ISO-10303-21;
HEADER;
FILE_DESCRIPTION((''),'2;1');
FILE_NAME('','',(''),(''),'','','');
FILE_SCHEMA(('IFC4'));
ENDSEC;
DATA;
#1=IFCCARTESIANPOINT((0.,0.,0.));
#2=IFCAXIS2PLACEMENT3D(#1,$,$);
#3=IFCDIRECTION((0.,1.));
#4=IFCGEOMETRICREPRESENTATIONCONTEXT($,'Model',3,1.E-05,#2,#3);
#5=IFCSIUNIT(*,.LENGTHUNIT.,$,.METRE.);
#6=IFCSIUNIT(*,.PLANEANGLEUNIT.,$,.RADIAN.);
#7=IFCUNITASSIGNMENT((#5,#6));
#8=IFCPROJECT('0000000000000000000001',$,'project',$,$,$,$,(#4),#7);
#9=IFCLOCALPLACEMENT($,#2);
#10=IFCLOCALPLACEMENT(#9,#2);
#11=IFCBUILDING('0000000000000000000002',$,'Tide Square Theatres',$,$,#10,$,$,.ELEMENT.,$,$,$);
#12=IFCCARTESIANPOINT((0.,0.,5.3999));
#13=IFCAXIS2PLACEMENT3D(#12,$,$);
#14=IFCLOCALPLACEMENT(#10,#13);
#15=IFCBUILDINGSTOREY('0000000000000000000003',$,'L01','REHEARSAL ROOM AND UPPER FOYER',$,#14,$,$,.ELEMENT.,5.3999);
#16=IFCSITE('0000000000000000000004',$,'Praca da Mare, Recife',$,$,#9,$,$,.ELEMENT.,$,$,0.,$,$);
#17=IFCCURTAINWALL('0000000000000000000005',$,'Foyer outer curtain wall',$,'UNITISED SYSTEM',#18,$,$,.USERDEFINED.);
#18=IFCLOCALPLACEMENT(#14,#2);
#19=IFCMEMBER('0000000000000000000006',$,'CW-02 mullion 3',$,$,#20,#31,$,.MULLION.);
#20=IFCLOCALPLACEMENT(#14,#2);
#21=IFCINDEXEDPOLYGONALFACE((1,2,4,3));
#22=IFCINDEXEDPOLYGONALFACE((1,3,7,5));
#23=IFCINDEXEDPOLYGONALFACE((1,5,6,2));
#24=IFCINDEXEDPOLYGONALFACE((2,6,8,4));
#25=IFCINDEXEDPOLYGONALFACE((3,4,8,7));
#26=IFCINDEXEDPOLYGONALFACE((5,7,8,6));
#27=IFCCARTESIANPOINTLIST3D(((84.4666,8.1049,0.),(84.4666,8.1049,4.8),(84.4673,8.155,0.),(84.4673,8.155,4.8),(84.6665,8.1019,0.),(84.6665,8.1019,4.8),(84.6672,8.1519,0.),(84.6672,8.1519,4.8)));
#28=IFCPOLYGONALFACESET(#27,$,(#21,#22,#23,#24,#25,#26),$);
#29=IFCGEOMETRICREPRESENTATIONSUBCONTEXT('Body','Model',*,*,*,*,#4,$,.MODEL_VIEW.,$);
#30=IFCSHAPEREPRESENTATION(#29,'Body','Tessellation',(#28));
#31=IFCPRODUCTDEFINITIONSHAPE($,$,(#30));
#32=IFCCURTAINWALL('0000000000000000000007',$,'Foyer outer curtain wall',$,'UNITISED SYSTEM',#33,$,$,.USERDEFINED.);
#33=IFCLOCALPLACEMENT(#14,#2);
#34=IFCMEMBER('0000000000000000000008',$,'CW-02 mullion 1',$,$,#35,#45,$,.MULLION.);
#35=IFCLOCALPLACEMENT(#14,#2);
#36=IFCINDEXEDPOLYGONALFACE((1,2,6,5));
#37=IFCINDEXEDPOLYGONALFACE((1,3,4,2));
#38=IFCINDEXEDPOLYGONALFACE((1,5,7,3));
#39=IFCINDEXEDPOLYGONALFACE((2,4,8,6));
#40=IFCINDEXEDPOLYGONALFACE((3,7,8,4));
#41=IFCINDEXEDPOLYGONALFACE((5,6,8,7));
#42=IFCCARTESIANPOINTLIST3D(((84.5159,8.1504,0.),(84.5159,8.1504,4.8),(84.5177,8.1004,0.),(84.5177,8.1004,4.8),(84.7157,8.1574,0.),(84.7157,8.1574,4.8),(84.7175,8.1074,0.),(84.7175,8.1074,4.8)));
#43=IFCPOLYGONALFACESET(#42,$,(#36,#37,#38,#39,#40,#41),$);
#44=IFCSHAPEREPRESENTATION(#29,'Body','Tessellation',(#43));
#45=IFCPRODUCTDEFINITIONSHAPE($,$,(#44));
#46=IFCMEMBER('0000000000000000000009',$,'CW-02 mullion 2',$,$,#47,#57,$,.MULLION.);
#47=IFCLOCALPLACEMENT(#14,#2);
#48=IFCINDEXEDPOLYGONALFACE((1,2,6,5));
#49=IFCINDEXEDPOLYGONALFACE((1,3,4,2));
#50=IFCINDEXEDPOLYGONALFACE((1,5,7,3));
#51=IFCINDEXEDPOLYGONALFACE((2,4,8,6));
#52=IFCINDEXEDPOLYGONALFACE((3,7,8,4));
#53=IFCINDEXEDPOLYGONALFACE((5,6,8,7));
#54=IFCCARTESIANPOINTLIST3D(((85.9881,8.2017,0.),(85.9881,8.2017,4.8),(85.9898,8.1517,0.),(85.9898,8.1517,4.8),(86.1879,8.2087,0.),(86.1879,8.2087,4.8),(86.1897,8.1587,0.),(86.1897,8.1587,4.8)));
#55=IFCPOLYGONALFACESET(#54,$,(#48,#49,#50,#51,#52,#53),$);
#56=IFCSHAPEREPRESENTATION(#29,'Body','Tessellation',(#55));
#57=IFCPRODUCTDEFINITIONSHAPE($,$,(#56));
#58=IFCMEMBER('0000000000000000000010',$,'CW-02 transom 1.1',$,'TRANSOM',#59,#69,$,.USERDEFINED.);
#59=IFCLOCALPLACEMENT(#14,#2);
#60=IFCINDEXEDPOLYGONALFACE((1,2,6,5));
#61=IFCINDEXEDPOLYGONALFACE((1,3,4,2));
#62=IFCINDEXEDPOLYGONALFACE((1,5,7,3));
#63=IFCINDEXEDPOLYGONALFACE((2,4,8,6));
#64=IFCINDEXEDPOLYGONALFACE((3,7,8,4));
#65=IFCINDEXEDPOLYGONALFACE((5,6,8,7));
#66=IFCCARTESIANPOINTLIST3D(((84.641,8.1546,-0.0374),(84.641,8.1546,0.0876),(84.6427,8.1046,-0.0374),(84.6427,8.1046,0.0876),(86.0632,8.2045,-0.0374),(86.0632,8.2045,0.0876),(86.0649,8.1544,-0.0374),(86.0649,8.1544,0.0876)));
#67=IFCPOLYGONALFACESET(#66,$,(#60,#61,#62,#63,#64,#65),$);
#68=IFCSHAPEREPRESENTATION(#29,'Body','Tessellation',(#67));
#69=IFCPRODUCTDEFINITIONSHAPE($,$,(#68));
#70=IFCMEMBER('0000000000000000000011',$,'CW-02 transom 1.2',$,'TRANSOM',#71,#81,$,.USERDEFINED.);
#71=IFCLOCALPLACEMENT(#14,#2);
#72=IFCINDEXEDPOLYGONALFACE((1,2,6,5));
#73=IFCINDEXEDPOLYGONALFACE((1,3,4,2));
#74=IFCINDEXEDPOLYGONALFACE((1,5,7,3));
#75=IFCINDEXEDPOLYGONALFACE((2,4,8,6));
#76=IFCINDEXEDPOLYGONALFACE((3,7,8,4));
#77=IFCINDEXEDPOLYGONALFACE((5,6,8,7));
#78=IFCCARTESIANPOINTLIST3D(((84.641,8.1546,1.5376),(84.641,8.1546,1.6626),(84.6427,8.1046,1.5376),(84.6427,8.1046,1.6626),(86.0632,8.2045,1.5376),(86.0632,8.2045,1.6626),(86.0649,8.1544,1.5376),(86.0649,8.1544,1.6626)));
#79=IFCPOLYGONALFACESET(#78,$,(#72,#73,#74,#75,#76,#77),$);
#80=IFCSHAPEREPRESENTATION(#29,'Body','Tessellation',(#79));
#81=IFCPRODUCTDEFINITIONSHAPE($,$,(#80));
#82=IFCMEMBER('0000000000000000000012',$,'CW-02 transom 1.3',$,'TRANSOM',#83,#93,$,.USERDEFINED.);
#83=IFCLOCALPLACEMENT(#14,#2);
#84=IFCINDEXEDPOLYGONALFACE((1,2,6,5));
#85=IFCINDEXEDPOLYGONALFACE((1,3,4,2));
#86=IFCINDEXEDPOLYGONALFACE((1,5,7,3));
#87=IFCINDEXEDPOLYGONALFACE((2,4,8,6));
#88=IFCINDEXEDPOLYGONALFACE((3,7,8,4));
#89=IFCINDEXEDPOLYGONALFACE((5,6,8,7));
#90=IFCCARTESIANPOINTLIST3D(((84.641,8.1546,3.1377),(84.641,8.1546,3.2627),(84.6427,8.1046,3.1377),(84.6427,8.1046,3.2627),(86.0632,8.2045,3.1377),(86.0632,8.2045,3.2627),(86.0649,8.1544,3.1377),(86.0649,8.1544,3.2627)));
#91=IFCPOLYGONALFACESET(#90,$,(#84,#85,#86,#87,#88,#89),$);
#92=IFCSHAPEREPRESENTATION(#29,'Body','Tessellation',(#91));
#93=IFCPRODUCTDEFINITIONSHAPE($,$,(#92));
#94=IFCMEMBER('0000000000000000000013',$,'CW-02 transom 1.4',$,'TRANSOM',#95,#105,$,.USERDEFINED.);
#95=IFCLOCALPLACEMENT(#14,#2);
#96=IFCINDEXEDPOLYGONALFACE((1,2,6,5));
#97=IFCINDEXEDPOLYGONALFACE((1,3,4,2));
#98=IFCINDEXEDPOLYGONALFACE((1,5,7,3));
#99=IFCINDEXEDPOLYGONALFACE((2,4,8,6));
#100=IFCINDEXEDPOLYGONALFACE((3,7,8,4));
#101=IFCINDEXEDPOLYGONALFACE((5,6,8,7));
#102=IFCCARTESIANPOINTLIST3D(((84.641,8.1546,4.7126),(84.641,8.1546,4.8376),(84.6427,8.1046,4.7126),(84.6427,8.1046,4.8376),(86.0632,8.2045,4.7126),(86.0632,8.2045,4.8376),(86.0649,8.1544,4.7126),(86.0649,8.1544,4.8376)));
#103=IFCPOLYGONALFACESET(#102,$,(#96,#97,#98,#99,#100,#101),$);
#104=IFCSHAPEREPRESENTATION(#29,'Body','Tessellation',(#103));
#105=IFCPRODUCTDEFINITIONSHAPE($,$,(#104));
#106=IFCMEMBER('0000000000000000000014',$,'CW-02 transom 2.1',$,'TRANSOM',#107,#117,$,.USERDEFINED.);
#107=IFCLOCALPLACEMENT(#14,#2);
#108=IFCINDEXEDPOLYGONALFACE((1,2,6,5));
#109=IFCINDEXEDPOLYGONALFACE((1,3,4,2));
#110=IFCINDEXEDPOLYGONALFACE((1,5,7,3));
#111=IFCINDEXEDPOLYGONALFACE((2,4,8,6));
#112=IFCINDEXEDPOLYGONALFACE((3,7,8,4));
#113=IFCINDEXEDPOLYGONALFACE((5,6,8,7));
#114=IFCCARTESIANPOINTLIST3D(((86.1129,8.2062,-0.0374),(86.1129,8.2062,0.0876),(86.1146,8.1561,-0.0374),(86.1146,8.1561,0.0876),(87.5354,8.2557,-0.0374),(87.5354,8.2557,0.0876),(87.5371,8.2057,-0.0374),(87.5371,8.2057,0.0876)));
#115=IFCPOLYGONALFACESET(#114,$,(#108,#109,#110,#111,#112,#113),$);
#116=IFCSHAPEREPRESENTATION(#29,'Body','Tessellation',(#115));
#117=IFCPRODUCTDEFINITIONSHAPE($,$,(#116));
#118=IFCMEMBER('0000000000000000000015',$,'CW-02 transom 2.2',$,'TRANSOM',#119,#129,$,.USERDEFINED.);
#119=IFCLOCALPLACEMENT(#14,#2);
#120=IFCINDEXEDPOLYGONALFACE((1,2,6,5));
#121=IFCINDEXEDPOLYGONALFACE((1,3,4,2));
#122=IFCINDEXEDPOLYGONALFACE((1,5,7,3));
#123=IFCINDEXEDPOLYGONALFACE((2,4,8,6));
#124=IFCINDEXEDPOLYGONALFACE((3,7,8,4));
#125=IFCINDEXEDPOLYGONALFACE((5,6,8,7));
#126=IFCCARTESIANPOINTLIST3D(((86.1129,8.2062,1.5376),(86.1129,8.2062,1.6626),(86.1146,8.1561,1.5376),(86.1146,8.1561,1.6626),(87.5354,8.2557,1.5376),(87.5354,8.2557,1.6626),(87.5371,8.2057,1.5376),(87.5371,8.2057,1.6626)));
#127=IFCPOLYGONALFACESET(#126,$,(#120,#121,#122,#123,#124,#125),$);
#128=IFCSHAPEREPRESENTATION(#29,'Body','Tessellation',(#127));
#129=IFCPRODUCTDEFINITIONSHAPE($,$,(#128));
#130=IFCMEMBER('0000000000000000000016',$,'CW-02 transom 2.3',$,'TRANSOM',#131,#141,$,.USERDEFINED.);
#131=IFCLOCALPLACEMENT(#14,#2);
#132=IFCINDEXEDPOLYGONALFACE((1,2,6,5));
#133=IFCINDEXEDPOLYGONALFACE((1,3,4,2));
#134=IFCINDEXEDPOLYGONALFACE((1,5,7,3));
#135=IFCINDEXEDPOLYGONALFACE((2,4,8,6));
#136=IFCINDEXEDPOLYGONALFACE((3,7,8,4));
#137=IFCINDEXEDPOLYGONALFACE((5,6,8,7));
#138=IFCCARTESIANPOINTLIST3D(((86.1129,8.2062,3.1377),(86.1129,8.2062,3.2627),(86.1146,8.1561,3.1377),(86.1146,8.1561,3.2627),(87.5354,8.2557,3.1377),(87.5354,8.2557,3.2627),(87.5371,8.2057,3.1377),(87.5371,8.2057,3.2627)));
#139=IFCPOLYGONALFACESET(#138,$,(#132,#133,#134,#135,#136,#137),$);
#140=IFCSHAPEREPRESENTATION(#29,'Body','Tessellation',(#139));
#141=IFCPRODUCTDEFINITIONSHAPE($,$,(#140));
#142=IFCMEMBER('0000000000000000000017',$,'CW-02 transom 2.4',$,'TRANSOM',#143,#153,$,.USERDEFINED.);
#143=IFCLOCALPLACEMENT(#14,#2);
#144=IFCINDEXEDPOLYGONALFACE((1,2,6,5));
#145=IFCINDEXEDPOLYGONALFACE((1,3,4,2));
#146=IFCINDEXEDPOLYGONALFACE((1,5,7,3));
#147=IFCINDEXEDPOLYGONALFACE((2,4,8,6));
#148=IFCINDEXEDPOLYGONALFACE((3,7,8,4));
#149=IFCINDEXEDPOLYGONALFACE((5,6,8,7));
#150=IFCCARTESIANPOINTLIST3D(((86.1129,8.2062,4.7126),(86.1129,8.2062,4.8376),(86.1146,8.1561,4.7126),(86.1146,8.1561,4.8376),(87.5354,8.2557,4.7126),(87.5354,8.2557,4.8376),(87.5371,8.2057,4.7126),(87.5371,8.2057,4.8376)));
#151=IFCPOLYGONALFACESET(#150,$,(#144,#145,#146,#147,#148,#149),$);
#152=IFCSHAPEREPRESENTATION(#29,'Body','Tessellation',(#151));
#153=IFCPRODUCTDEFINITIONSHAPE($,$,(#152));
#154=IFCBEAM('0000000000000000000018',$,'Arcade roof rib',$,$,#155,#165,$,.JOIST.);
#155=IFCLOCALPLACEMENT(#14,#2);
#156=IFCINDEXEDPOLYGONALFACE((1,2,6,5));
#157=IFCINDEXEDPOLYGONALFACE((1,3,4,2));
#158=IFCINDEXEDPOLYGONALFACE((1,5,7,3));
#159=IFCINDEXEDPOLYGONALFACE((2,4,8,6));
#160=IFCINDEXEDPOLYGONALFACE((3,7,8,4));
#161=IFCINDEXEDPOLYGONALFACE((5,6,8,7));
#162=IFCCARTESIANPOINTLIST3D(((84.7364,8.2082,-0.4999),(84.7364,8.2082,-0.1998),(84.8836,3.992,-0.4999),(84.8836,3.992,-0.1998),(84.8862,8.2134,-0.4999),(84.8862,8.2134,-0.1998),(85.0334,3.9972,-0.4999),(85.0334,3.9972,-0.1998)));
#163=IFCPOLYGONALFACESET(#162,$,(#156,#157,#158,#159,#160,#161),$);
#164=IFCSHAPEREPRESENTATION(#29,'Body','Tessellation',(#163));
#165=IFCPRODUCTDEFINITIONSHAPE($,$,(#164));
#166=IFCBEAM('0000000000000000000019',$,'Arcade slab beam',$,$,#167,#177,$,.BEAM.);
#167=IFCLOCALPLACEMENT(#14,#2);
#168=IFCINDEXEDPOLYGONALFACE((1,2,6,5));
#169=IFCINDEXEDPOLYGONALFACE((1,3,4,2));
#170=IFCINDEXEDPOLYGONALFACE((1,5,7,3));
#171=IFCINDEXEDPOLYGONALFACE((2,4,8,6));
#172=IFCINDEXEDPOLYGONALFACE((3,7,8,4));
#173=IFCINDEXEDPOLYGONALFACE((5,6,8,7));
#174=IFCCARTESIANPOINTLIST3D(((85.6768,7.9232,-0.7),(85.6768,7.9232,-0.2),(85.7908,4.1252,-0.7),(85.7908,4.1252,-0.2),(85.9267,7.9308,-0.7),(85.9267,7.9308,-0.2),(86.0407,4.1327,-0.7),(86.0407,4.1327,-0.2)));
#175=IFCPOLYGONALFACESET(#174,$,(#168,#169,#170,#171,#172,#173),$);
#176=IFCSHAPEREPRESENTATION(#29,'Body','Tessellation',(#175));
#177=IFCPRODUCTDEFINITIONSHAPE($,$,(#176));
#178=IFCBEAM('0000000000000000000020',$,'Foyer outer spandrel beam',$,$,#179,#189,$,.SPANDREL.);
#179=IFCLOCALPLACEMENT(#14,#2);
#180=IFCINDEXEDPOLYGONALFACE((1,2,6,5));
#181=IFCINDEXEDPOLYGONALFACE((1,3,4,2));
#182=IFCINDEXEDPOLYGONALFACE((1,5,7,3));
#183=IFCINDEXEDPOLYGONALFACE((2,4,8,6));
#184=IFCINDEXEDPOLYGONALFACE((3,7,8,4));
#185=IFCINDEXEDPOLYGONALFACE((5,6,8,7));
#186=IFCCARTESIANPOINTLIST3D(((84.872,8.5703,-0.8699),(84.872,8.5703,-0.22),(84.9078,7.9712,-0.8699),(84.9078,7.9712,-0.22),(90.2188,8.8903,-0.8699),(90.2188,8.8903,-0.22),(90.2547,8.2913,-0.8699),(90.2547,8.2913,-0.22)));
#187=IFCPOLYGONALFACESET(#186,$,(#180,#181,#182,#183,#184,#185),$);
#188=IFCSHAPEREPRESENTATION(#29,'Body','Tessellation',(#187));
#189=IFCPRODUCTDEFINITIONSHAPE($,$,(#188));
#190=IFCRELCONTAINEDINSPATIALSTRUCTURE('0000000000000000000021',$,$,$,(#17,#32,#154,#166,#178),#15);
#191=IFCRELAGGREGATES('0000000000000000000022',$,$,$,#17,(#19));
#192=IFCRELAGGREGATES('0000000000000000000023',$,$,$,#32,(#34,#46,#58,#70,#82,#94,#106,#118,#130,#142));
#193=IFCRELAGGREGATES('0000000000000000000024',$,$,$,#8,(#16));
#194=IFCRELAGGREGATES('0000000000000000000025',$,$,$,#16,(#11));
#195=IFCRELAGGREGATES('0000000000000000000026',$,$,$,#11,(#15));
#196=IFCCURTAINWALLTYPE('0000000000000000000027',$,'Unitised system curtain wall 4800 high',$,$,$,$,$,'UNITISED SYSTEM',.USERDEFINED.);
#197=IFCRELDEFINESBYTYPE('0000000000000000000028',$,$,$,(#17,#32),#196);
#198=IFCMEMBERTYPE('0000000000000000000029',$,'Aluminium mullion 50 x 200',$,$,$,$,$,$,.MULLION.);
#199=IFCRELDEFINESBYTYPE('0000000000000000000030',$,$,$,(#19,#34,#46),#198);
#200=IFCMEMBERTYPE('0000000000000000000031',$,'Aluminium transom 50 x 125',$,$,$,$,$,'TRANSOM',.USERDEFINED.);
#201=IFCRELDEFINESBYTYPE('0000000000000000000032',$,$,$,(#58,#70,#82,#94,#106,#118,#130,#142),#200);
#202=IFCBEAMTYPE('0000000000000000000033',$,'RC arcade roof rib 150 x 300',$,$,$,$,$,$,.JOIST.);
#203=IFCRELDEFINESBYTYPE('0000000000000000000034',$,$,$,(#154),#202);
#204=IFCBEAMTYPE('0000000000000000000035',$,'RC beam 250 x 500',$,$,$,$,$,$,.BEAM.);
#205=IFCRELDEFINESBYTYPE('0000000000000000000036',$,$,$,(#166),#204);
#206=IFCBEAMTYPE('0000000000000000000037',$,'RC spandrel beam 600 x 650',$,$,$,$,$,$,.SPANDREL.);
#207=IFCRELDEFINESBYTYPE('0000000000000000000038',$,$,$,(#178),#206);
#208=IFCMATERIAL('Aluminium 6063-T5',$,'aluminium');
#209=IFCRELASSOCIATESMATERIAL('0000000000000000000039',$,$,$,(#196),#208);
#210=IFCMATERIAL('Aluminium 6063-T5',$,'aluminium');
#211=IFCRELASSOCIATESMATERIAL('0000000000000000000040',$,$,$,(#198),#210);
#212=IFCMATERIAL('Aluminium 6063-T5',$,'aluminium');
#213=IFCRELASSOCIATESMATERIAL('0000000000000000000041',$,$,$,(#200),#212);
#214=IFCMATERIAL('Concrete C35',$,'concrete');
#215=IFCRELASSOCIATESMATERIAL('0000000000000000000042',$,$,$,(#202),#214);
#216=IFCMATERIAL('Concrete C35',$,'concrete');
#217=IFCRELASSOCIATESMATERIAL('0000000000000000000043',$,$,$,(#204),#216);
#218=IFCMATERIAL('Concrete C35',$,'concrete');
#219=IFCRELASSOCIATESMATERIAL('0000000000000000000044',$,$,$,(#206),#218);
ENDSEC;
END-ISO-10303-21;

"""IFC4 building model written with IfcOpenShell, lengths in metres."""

from ifc_helpers import new_model, si_unit, direction, frame, origin, origin_2d, place, context, subcontext, project, spatial, rectangle, extrude, material, material_profile, profile_set, type_object, element, aggregate, save


model = new_model("IFC4")

# Units and contexts
model_context = context("Model", 3, precision=1e-05, world=origin(), true_north=direction((0.0, 1.0)))
body_context = subcontext(model_context, "Body", "Model", "MODEL_VIEW")
ifc_project = project(units=[si_unit("LENGTHUNIT", "METRE"), si_unit("PLANEANGLEUNIT", "RADIAN")], contexts=[model_context])

# Site, building, storey
site_placement = place(None, origin())
site = spatial("IfcSite", under=ifc_project, at=site_placement, Name="Praca da Mare, Recife", CompositionType="ELEMENT", RefElevation=0.0)
building_placement = place(site_placement, origin())
building = spatial("IfcBuilding", under=site, at=building_placement, Name="Tide Square Theatres", CompositionType="ELEMENT")
storey_placement = place(building_placement, frame((0.0, 0.0, 5.3999)))
storey = spatial("IfcBuildingStorey", under=building, at=storey_placement, Name="L01", Description="REHEARSAL ROOM AND UPPER FOYER", CompositionType="ELEMENT", Elevation=5.3999)

# Curtain wall, member
ifc_material_1 = material(Name="Aluminium 6063-T5", Category="aluminium")
curtain_wall_type = type_object("IfcCurtainWallType", Name="Unitised system curtain wall 4800 high", ElementType="UNITISED SYSTEM", PredefinedType="USERDEFINED", material=ifc_material_1)
curtain_wall_1_placement = place(storey_placement, origin())
curtain_wall_1 = element("IfcCurtainWall", 1, at=curtain_wall_1_placement, inside=storey, type_object=curtain_wall_type, Name="Foyer outer curtain wall", ObjectType="UNITISED SYSTEM", PredefinedType="USERDEFINED")
ifc_material_2 = material(Name="Aluminium 6063-T5", Category="aluminium")
ifc_material_profile_1 = material_profile(ifc_material_2, rectangle(XDim=0.05, YDim=0.2, at=origin_2d()))
ifc_profile_set_1 = profile_set([ifc_material_profile_1], Name="Aluminium 6063-T5")
member_type_1 = type_object("IfcMemberType", Name="Aluminium mullion 50 x 200", PredefinedType="MULLION", material=ifc_profile_set_1)
member_1_placement = place(storey_placement, frame((84.5669, 8.1284, 0.0), z_axis=(0.0, 0.0, 1.0), x_axis=(0.01512, 0.999886, 0.0)))
member_1 = element("IfcMember", 2, at=member_1_placement, type_object=member_type_1, Name="CW-02 mullion 3", PredefinedType="MULLION", context=body_context, shape_type="SweptSolid", body=[
    extrude(rectangle(XDim=0.05, YDim=0.2, at=origin_2d()), origin(), (0.0, 0.0, 1.0), 4.8),
])

# Curtain wall, members
curtain_wall_2_placement = place(storey_placement, origin())
curtain_wall_2 = element("IfcCurtainWall", 3, at=curtain_wall_2_placement, inside=storey, type_object=curtain_wall_type, Name="Foyer outer curtain wall", ObjectType="UNITISED SYSTEM", PredefinedType="USERDEFINED")
member_2_placement = place(storey_placement, frame((84.6167, 8.1289, 0.0), z_axis=(0.0, 0.0, 1.0), x_axis=(-0.03488, 0.999392, 0.0)))
member_2 = element("IfcMember", 4, at=member_2_placement, type_object=member_type_1, Name="CW-02 mullion 1", PredefinedType="MULLION", context=body_context, shape_type="SweptSolid", body=[
    extrude(rectangle(XDim=0.05, YDim=0.2, at=origin_2d()), origin(), (0.0, 0.0, 1.0), 4.8),
])
member_3_placement = place(storey_placement, frame((86.0889, 8.1802, 0.0), z_axis=(0.0, 0.0, 1.0), x_axis=(-0.03488, 0.999392, 0.0)))
member_3 = element("IfcMember", 5, at=member_3_placement, type_object=member_type_1, Name="CW-02 mullion 2", PredefinedType="MULLION", context=body_context, shape_type="SweptSolid", body=[
    extrude(rectangle(XDim=0.05, YDim=0.2, at=origin_2d()), origin(), (0.0, 0.0, 1.0), 4.8),
])
ifc_material_3 = material(Name="Aluminium 6063-T5", Category="aluminium")
ifc_material_profile_2 = material_profile(ifc_material_3, rectangle(XDim=0.05, YDim=0.125, at=origin_2d()))
ifc_profile_set_2 = profile_set([ifc_material_profile_2], Name="Aluminium 6063-T5")
member_type_2 = type_object("IfcMemberType", Name="Aluminium transom 50 x 125", ElementType="TRANSOM", PredefinedType="USERDEFINED", material=ifc_profile_set_2)
member_4_placement = place(storey_placement, frame((84.6418, 8.1296, 0.0251), z_axis=(0.999387, 0.035, 0.0), x_axis=(-0.035, 0.999387, 0.0)))
member_4 = element("IfcMember", 6, at=member_4_placement, type_object=member_type_2, Name="CW-02 transom 1.1", ObjectType="TRANSOM", PredefinedType="USERDEFINED", context=body_context, shape_type="SweptSolid", body=[
    extrude(rectangle(XDim=0.05, YDim=0.125, at=origin_2d()), origin(), (0.0, 0.0, 1.0), 1.4231),
])
member_5_placement = place(storey_placement, frame((84.6418, 8.1296, 1.6001), z_axis=(0.999387, 0.035, 0.0), x_axis=(-0.035, 0.999387, 0.0)))
member_5 = element("IfcMember", 7, at=member_5_placement, type_object=member_type_2, Name="CW-02 transom 1.2", ObjectType="TRANSOM", PredefinedType="USERDEFINED", context=body_context, shape_type="SweptSolid", body=[
    extrude(rectangle(XDim=0.05, YDim=0.125, at=origin_2d()), origin(), (0.0, 0.0, 1.0), 1.4231),
])
member_6_placement = place(storey_placement, frame((84.6418, 8.1296, 3.2002), z_axis=(0.999387, 0.035, 0.0), x_axis=(-0.035, 0.999387, 0.0)))
member_6 = element("IfcMember", 8, at=member_6_placement, type_object=member_type_2, Name="CW-02 transom 1.3", ObjectType="TRANSOM", PredefinedType="USERDEFINED", context=body_context, shape_type="SweptSolid", body=[
    extrude(rectangle(XDim=0.05, YDim=0.125, at=origin_2d()), origin(), (0.0, 0.0, 1.0), 1.4231),
])
member_7_placement = place(storey_placement, frame((84.6418, 8.1296, 4.7751), z_axis=(0.999387, 0.035, 0.0), x_axis=(-0.035, 0.999387, 0.0)))
member_7 = element("IfcMember", 9, at=member_7_placement, type_object=member_type_2, Name="CW-02 transom 1.4", ObjectType="TRANSOM", PredefinedType="USERDEFINED", context=body_context, shape_type="SweptSolid", body=[
    extrude(rectangle(XDim=0.05, YDim=0.125, at=origin_2d()), origin(), (0.0, 0.0, 1.0), 1.4231),
])
member_8_placement = place(storey_placement, frame((86.1138, 8.1812, 0.0251), z_axis=(0.999394, 0.034823, 0.0), x_axis=(-0.034823, 0.999394, 0.0)))
member_8 = element("IfcMember", 10, at=member_8_placement, type_object=member_type_2, Name="CW-02 transom 2.1", ObjectType="TRANSOM", PredefinedType="USERDEFINED", context=body_context, shape_type="SweptSolid", body=[
    extrude(rectangle(XDim=0.05, YDim=0.125, at=origin_2d()), origin(), (0.0, 0.0, 1.0), 1.4233),
])
member_9_placement = place(storey_placement, frame((86.1138, 8.1812, 1.6001), z_axis=(0.999394, 0.034823, 0.0), x_axis=(-0.034823, 0.999394, 0.0)))
member_9 = element("IfcMember", 11, at=member_9_placement, type_object=member_type_2, Name="CW-02 transom 2.2", ObjectType="TRANSOM", PredefinedType="USERDEFINED", context=body_context, shape_type="SweptSolid", body=[
    extrude(rectangle(XDim=0.05, YDim=0.125, at=origin_2d()), origin(), (0.0, 0.0, 1.0), 1.4233),
])
member_10_placement = place(storey_placement, frame((86.1138, 8.1812, 3.2002), z_axis=(0.999394, 0.034823, 0.0), x_axis=(-0.034823, 0.999394, 0.0)))
member_10 = element("IfcMember", 12, at=member_10_placement, type_object=member_type_2, Name="CW-02 transom 2.3", ObjectType="TRANSOM", PredefinedType="USERDEFINED", context=body_context, shape_type="SweptSolid", body=[
    extrude(rectangle(XDim=0.05, YDim=0.125, at=origin_2d()), origin(), (0.0, 0.0, 1.0), 1.4233),
])
member_11_placement = place(storey_placement, frame((86.1138, 8.1812, 4.7751), z_axis=(0.999394, 0.034823, 0.0), x_axis=(-0.034823, 0.999394, 0.0)))
member_11 = element("IfcMember", 13, at=member_11_placement, type_object=member_type_2, Name="CW-02 transom 2.4", ObjectType="TRANSOM", PredefinedType="USERDEFINED", context=body_context, shape_type="SweptSolid", body=[
    extrude(rectangle(XDim=0.05, YDim=0.125, at=origin_2d()), origin(), (0.0, 0.0, 1.0), 1.4233),
])

# Beams
ifc_material_4 = material(Name="Concrete C35", Category="concrete")
ifc_material_profile_3 = material_profile(ifc_material_4, rectangle(XDim=0.1499, YDim=0.3, at=origin_2d()))
ifc_profile_set_3 = profile_set([ifc_material_profile_3], Name="Concrete C35")
beam_type_1 = type_object("IfcBeamType", Name="RC arcade roof rib 150 x 300", PredefinedType="JOIST", material=ifc_profile_set_3)
beam_1_placement = place(storey_placement, frame((84.9585, 3.9946, -0.3499), z_axis=(-0.034897, 0.999391, 0.0), x_axis=(-0.999391, -0.034897, 0.0)))
element("IfcBeam", 14, at=beam_1_placement, inside=storey, type_object=beam_type_1, Name="Arcade roof rib", PredefinedType="JOIST", context=body_context, shape_type="SweptSolid", body=[
    extrude(rectangle(XDim=0.1499, YDim=0.3, at=origin_2d()), origin(), (0.0, 0.0, 1.0), 4.2188),
])
ifc_material_5 = material(Name="Concrete C35", Category="concrete")
ifc_material_profile_4 = material_profile(ifc_material_5, rectangle(XDim=0.25, YDim=0.5, at=origin_2d()))
ifc_profile_set_4 = profile_set([ifc_material_profile_4], Name="Concrete C35")
beam_type_2 = type_object("IfcBeamType", Name="RC beam 250 x 500", PredefinedType="BEAM", material=ifc_profile_set_4)
beam_2_placement = place(storey_placement, frame((85.9158, 4.1289, -0.45), z_axis=(-0.030005, 0.99955, 0.0), x_axis=(-0.99955, -0.030005, 0.0)))
element("IfcBeam", 15, at=beam_2_placement, inside=storey, type_object=beam_type_2, Name="Arcade slab beam", PredefinedType="BEAM", context=body_context, shape_type="SweptSolid", body=[
    extrude(rectangle(XDim=0.25, YDim=0.5, at=origin_2d()), origin(), (0.0, 0.0, 1.0), 3.7998),
])
ifc_material_6 = material(Name="Concrete C35", Category="concrete")
ifc_material_profile_5 = material_profile(ifc_material_6, rectangle(XDim=0.6001, YDim=0.6499, at=origin_2d()))
ifc_profile_set_5 = profile_set([ifc_material_profile_5], Name="Concrete C35")
beam_type_3 = type_object("IfcBeamType", Name="RC spandrel beam 600 x 650", PredefinedType="SPANDREL", material=ifc_profile_set_5)
beam_3_placement = place(storey_placement, frame((84.8899, 8.2708, -0.5449), z_axis=(0.998213, 0.059753, 0.0), x_axis=(-0.059753, 0.998213, 0.0)))
element("IfcBeam", 16, at=beam_3_placement, inside=storey, type_object=beam_type_3, Name="Foyer outer spandrel beam", PredefinedType="SPANDREL", context=body_context, shape_type="SweptSolid", body=[
    extrude(rectangle(XDim=0.6001, YDim=0.6499, at=origin_2d()), origin(), (0.0, 0.0, 1.0), 5.3564),
])

aggregate(curtain_wall_1, [member_1])
aggregate(curtain_wall_2, [member_2, member_3, member_4, member_5, member_6, member_7, member_8, member_9, member_10, member_11])

save(model, "model.ifc")
